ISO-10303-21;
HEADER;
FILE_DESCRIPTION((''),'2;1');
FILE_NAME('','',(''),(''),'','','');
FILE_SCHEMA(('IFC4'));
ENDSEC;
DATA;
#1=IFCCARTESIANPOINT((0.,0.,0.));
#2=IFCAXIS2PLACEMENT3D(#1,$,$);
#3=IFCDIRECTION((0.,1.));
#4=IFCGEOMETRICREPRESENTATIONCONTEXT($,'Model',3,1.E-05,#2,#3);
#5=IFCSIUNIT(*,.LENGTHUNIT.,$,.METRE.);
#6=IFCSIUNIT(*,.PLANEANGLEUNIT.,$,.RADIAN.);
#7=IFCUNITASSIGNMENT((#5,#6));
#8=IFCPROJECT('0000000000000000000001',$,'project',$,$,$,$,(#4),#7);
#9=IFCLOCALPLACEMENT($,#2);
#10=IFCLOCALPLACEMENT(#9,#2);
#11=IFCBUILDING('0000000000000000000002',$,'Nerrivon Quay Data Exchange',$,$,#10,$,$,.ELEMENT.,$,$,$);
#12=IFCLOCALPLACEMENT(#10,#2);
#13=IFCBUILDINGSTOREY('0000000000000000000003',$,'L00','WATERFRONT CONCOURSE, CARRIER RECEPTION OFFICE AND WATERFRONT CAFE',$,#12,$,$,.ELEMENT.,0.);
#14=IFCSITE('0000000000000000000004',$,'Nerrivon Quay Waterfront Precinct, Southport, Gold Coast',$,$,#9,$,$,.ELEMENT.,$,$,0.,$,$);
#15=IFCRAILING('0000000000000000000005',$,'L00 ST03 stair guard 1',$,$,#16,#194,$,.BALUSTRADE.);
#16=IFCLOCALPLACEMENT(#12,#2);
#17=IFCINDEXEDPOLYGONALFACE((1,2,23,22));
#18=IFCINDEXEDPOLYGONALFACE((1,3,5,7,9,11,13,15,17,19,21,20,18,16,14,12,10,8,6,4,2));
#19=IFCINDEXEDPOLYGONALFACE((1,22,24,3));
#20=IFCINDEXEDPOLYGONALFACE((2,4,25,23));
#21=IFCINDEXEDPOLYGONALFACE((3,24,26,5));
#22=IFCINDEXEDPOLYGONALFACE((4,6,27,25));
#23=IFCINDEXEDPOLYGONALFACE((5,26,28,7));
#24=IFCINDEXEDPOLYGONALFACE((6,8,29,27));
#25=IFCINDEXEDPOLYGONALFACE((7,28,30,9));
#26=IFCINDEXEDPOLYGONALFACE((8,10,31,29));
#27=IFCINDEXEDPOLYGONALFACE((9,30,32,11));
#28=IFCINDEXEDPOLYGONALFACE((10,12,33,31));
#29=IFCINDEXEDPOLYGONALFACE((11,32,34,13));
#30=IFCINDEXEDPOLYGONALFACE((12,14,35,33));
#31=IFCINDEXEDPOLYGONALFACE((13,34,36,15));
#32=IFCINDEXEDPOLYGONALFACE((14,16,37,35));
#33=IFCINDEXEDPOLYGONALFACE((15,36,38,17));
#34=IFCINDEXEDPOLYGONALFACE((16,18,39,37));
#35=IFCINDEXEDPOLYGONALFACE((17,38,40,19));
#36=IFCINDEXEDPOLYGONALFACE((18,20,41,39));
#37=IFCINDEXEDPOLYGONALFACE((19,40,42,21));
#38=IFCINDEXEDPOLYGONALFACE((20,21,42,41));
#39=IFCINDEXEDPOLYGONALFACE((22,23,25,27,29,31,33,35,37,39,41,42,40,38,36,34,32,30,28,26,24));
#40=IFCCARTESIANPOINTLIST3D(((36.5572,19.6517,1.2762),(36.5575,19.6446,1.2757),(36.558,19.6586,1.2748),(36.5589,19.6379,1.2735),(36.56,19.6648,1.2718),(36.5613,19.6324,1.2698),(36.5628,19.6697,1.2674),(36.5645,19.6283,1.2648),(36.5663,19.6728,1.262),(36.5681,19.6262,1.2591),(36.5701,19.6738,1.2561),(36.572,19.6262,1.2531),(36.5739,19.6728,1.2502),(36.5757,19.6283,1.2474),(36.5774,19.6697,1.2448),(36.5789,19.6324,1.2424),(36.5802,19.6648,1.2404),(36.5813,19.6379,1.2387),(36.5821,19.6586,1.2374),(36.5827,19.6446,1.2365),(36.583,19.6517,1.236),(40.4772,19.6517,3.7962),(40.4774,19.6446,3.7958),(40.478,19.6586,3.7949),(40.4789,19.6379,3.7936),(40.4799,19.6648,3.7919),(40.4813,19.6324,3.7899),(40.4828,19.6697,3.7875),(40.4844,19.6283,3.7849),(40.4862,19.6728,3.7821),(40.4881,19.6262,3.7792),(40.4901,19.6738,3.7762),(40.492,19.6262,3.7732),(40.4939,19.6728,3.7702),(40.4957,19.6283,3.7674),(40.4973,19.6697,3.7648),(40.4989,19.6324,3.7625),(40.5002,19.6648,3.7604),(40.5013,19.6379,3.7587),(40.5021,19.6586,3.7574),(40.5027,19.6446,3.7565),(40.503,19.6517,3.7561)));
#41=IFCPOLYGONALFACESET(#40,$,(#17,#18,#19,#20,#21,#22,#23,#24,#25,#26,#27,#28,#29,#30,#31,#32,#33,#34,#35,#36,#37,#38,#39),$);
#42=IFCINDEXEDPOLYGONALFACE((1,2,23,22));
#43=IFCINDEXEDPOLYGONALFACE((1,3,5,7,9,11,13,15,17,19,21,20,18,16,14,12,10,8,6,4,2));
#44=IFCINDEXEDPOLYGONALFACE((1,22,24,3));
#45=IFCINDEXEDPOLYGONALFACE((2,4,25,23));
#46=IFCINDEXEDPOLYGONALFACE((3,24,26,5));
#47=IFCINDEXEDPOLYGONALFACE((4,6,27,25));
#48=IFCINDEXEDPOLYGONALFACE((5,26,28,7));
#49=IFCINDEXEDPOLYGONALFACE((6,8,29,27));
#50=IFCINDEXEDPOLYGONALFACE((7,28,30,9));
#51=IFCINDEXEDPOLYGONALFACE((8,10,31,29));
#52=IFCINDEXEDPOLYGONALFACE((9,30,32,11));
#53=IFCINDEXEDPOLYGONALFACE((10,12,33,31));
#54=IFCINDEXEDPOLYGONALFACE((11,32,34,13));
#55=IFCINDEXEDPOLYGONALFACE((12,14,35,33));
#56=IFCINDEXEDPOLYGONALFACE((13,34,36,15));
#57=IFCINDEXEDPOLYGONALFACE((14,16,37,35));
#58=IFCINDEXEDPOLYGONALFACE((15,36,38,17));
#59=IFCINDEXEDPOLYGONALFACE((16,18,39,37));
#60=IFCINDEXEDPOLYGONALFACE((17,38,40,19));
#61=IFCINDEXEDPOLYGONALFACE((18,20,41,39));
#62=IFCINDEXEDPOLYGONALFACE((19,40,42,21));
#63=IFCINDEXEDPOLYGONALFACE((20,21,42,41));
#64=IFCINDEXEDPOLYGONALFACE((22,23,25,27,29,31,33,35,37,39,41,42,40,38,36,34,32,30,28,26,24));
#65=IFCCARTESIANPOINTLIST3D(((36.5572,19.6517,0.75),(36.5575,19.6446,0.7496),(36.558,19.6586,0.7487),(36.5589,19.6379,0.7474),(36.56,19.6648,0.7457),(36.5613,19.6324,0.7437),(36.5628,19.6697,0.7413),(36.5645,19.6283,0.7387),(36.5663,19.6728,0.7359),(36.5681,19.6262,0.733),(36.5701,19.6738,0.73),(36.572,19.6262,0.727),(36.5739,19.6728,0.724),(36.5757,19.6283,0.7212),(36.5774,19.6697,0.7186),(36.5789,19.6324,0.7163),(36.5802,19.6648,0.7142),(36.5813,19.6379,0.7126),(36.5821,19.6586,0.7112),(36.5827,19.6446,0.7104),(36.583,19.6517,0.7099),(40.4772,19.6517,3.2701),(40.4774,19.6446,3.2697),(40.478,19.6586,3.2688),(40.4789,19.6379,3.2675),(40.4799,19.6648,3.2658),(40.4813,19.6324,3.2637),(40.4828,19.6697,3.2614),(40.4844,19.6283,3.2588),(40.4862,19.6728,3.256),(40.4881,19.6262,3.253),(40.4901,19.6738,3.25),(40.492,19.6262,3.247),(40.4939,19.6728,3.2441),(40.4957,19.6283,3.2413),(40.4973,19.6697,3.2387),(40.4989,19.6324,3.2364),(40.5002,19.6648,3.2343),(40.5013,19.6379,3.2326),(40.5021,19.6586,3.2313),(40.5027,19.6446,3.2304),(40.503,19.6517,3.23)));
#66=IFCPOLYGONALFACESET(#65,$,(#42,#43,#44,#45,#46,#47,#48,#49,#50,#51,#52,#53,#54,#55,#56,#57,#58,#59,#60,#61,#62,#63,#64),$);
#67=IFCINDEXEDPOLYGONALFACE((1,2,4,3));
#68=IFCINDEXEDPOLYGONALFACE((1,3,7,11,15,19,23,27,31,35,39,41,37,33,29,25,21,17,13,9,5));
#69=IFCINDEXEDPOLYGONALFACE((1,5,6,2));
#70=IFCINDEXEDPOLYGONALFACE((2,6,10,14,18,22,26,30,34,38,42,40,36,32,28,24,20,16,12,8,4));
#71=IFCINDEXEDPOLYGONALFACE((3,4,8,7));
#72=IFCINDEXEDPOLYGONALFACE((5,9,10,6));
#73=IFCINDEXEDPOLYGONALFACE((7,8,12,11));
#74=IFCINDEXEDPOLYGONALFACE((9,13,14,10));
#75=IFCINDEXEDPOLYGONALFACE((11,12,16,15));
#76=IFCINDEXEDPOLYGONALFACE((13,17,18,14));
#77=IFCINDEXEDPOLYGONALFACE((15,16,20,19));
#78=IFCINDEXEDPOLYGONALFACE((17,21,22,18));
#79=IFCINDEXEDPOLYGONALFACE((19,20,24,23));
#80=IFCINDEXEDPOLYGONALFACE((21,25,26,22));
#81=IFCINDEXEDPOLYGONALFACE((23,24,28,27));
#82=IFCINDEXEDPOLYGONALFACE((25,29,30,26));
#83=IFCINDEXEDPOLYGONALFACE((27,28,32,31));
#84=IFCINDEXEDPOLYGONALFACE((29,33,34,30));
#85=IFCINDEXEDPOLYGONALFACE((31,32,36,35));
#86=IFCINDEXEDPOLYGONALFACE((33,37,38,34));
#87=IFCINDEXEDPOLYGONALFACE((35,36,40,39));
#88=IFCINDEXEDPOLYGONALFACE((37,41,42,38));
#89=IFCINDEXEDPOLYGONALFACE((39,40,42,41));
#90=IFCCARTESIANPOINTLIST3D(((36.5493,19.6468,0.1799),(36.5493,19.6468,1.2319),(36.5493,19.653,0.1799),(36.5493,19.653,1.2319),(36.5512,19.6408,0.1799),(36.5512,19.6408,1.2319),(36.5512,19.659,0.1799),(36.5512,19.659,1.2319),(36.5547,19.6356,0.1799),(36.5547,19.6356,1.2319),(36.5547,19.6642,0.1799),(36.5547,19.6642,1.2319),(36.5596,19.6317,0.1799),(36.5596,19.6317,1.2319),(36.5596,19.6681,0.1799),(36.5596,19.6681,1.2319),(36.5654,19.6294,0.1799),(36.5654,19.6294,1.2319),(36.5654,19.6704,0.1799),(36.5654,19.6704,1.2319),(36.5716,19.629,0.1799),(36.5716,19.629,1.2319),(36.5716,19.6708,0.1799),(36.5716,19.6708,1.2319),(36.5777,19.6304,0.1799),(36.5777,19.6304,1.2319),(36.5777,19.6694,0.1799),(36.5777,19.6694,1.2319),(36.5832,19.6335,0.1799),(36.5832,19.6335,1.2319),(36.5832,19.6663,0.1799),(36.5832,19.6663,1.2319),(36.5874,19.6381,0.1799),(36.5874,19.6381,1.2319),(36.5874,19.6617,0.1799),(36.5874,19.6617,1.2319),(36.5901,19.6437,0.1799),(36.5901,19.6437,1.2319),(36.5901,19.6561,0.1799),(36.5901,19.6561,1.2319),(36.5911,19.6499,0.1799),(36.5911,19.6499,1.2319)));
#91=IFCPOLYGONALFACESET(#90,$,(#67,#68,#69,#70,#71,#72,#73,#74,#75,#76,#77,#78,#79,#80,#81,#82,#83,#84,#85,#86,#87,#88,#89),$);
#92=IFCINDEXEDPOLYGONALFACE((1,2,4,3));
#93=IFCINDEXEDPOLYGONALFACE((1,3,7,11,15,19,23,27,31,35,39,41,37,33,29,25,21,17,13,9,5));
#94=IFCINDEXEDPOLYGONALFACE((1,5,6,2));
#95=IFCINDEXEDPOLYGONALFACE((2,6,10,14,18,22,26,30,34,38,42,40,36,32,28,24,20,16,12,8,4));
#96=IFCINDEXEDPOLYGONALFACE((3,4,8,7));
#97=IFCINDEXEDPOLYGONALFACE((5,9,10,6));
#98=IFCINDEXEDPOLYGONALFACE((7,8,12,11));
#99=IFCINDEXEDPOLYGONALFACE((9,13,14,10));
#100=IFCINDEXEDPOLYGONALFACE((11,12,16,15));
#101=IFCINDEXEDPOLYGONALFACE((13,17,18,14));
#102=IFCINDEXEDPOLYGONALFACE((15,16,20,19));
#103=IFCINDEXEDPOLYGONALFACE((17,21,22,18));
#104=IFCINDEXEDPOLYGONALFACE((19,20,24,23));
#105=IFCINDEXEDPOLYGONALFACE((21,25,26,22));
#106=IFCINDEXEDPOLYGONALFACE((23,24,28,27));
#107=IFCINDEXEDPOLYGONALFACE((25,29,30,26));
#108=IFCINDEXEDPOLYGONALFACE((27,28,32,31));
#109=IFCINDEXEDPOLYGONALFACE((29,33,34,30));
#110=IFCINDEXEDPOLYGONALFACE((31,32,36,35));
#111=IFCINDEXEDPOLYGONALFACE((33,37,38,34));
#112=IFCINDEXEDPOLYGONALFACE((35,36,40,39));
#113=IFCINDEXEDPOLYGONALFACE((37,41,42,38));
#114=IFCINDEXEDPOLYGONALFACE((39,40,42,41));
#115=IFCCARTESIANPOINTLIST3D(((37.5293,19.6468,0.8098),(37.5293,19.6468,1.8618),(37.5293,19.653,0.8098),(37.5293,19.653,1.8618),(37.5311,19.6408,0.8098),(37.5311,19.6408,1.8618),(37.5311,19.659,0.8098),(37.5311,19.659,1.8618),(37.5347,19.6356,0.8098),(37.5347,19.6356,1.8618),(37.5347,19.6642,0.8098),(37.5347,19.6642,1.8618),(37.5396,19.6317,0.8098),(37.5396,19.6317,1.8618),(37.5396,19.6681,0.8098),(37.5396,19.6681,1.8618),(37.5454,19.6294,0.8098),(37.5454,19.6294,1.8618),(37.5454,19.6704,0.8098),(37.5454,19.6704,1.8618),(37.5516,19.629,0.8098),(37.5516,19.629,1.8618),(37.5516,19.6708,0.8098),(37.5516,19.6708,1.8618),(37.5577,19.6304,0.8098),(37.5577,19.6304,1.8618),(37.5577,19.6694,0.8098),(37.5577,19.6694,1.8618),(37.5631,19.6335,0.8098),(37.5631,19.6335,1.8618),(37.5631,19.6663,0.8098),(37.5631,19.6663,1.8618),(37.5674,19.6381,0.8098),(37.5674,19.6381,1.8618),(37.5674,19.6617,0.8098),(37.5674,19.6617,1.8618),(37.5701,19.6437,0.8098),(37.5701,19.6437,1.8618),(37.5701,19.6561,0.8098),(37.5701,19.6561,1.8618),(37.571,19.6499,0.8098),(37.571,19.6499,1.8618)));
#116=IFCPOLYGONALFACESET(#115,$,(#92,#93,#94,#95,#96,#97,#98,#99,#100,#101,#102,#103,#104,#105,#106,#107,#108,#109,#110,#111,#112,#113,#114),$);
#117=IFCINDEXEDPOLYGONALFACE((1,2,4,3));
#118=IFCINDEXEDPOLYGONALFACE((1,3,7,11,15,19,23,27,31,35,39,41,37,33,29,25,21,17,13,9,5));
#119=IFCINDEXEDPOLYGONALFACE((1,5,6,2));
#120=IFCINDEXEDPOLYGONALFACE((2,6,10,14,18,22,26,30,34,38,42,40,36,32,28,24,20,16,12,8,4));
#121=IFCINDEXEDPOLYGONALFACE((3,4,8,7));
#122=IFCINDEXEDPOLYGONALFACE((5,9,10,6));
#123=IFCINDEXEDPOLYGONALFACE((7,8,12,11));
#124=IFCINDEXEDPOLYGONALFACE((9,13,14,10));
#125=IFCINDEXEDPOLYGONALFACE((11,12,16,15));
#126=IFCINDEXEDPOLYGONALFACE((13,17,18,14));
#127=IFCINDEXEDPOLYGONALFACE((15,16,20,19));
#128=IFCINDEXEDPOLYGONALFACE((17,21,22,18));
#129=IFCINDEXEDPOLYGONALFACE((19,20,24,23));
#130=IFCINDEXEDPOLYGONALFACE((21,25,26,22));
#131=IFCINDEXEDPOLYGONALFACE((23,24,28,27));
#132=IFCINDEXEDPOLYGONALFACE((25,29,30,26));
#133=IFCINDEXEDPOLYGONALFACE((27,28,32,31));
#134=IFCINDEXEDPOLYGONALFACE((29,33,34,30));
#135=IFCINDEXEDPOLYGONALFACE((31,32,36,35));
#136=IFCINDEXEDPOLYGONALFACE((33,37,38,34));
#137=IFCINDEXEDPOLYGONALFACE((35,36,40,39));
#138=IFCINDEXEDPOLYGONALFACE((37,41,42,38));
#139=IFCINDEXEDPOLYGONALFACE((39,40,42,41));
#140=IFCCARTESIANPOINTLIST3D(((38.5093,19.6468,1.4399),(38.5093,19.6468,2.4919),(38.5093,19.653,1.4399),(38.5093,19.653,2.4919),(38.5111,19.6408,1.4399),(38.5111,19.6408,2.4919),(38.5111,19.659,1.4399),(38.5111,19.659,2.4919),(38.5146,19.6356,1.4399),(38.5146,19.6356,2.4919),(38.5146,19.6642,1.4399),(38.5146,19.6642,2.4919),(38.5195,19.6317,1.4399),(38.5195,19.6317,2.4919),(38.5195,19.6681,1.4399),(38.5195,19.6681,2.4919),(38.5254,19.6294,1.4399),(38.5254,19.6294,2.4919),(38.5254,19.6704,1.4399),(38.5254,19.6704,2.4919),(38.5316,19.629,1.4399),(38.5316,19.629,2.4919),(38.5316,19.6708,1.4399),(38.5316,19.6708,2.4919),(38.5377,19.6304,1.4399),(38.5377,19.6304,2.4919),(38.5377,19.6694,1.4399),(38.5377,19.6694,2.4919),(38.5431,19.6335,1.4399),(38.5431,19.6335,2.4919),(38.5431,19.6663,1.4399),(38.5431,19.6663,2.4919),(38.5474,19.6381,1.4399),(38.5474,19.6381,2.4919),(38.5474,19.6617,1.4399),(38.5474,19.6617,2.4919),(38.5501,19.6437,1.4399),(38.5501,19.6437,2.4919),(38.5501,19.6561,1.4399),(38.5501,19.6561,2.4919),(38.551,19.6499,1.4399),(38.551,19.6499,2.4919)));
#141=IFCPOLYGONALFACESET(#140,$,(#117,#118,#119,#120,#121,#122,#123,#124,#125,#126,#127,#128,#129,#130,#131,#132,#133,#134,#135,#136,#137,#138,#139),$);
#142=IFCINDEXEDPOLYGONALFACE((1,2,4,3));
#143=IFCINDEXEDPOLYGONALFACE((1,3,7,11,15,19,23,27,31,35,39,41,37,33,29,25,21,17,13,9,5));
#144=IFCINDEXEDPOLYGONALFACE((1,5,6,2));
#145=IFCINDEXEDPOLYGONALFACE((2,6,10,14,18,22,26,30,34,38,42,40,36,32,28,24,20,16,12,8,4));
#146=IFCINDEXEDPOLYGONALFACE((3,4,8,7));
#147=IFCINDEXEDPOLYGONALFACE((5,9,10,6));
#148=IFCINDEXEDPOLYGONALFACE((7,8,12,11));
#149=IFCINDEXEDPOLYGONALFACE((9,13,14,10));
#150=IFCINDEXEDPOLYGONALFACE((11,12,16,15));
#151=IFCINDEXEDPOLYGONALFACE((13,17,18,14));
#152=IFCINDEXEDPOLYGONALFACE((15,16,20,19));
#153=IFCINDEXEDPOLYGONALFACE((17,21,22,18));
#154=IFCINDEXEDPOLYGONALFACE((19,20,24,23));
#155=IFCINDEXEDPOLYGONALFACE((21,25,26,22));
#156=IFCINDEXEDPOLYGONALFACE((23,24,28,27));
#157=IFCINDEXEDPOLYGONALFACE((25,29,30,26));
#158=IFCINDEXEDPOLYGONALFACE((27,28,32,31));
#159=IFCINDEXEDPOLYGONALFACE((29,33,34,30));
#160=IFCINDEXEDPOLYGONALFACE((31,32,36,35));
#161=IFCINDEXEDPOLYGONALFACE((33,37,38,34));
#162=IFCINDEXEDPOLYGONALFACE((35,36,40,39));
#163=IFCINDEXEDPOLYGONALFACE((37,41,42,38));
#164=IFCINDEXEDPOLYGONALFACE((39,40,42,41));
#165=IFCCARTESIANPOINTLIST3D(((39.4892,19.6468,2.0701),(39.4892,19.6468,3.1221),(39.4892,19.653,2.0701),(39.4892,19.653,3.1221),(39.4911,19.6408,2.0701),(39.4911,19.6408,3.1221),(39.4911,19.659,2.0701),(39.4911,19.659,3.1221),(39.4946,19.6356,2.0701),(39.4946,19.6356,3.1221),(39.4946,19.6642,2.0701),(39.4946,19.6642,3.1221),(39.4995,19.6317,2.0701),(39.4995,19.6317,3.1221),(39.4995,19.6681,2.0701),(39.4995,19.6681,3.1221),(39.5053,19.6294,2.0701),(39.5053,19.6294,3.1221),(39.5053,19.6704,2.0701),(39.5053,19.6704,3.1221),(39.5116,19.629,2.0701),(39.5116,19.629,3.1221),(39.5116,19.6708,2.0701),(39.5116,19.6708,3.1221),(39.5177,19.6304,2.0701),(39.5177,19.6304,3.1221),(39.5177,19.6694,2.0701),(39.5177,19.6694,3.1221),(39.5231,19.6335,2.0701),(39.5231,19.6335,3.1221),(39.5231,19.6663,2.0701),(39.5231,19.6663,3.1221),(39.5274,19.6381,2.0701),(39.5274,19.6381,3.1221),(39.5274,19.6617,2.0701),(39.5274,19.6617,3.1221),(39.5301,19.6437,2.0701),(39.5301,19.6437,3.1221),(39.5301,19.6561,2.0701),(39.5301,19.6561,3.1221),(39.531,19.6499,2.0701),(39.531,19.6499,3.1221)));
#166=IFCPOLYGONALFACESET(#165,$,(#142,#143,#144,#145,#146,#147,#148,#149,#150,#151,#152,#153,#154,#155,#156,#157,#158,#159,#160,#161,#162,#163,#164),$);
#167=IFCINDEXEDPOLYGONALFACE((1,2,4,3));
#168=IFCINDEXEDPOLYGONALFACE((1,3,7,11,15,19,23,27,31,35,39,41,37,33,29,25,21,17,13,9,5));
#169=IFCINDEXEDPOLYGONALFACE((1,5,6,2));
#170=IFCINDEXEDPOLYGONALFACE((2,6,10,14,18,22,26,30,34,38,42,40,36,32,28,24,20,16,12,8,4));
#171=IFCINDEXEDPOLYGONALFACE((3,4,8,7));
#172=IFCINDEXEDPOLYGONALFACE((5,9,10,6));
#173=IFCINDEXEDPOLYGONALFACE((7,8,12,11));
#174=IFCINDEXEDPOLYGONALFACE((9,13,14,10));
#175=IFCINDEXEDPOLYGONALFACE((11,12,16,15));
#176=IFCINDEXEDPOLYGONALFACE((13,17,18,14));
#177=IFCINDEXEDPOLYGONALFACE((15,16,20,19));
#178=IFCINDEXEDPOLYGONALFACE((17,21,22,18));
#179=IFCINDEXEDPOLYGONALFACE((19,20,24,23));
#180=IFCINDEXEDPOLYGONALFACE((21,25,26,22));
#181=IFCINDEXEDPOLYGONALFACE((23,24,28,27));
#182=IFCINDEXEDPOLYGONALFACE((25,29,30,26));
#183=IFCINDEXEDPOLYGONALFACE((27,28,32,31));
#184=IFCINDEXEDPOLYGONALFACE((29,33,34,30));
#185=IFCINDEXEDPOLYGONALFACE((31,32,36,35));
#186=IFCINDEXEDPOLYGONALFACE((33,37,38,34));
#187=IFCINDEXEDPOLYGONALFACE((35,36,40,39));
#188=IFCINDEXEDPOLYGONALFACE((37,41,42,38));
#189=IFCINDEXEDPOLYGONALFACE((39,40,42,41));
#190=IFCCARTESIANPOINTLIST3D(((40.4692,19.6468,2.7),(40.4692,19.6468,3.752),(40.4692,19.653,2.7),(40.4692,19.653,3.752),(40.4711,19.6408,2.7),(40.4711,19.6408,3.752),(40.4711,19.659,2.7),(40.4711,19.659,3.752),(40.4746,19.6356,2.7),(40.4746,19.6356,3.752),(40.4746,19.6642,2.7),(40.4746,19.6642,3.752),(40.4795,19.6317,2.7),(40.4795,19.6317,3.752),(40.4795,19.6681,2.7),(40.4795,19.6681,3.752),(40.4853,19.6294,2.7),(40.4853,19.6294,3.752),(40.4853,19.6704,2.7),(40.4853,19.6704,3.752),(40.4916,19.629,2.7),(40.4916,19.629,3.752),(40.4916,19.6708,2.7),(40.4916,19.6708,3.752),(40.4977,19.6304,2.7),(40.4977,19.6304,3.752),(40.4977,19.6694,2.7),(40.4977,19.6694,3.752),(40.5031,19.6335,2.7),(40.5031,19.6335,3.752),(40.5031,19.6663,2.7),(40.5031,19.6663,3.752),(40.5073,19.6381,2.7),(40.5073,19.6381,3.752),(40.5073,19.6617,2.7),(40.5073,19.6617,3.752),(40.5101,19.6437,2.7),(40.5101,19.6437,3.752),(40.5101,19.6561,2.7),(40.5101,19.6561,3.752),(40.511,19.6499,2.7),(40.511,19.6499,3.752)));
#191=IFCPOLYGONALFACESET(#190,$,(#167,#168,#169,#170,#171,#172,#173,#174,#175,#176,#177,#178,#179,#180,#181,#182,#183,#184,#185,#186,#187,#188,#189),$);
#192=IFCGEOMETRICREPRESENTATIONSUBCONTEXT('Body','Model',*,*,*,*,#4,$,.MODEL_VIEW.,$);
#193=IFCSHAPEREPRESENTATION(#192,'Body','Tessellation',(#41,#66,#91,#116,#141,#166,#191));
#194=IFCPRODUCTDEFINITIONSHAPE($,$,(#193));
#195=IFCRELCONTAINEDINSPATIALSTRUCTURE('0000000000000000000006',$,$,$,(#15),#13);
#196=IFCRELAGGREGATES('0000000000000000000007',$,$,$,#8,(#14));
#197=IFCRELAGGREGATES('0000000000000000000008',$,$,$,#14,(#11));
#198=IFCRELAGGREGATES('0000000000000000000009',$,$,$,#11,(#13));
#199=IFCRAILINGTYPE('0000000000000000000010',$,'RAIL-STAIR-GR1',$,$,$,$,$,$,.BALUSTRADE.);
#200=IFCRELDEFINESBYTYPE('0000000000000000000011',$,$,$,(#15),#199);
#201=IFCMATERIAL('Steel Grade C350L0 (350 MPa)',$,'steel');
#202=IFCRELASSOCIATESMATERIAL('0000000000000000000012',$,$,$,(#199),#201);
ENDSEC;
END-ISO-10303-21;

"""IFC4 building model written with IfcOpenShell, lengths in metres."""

from ifc_helpers import new_model, si_unit, direction, frame, origin, origin_2d, place, context, subcontext, project, spatial, circle, extrude, material, type_object, element, save


model = new_model("IFC4")

# Units and contexts
model_context = context("Model", 3, precision=1e-05, world=origin(), true_north=direction((0.0, 1.0)))
body_context = subcontext(model_context, "Body", "Model", "MODEL_VIEW")
ifc_project = project(units=[si_unit("LENGTHUNIT", "METRE"), si_unit("PLANEANGLEUNIT", "RADIAN")], contexts=[model_context])

# Site, building, storey
site_placement = place(None, origin())
site = spatial("IfcSite", under=ifc_project, at=site_placement, Name="Nerrivon Quay Waterfront Precinct, Southport, Gold Coast", CompositionType="ELEMENT", RefElevation=0.0)
building_placement = place(site_placement, origin())
building = spatial("IfcBuilding", under=site, at=building_placement, Name="Nerrivon Quay Data Exchange", CompositionType="ELEMENT")
storey_placement = place(building_placement, origin())
storey = spatial("IfcBuildingStorey", under=building, at=storey_placement, Name="L00", Description="WATERFRONT CONCOURSE, CARRIER RECEPTION OFFICE AND WATERFRONT CAFE", CompositionType="ELEMENT", Elevation=0.0)

# Railing
ifc_material_1 = material(Name="Steel Grade C350L0 (350 MPa)", Category="steel")
railing_type_1 = type_object("IfcRailingType", Name="RAIL-STAIR-GR1", PredefinedType="BALUSTRADE", material=ifc_material_1)
railing_1_placement = place(storey_placement, frame((36.5701, 19.6499, 0.1799)))
element("IfcRailing", 1, at=railing_1_placement, inside=storey, type_object=railing_type_1, Name="L00 ST03 stair guard 1", PredefinedType="BALUSTRADE", context=body_context, shape_type="SweptSolid", body=[
    extrude(circle(Radius=0.0239, at=origin_2d()), frame((0.0, 0.0, 1.0762), z_axis=(0.841172, 0.0, 0.540768), x_axis=(0.0, 1.0, 0.0)), (0.0, 0.0, 1.0), 4.6602),
    extrude(circle(Radius=0.0239, at=origin_2d()), frame((0.0, 0.0, 0.55), z_axis=(0.841172, 0.0, 0.540768), x_axis=(0.0, 1.0, 0.0)), (0.0, 0.0, 1.0), 4.6602),
    extrude(circle(Radius=0.021, at=origin_2d()), origin(), (0.0, 0.0, 1.0), 1.052),
    extrude(circle(Radius=0.021, at=origin_2d()), frame((0.98, 0.0, 0.6299)), (0.0, 0.0, 1.0), 1.052),
    extrude(circle(Radius=0.021, at=origin_2d()), frame((1.96, 0.0, 1.26)), (0.0, 0.0, 1.0), 1.052),
    extrude(circle(Radius=0.021, at=origin_2d()), frame((2.9399, 0.0, 1.8901)), (0.0, 0.0, 1.0), 1.052),
    extrude(circle(Radius=0.021, at=origin_2d()), frame((3.9199, 0.0, 2.52)), (0.0, 0.0, 1.0), 1.052),
])

save(model, "model.ifc")
